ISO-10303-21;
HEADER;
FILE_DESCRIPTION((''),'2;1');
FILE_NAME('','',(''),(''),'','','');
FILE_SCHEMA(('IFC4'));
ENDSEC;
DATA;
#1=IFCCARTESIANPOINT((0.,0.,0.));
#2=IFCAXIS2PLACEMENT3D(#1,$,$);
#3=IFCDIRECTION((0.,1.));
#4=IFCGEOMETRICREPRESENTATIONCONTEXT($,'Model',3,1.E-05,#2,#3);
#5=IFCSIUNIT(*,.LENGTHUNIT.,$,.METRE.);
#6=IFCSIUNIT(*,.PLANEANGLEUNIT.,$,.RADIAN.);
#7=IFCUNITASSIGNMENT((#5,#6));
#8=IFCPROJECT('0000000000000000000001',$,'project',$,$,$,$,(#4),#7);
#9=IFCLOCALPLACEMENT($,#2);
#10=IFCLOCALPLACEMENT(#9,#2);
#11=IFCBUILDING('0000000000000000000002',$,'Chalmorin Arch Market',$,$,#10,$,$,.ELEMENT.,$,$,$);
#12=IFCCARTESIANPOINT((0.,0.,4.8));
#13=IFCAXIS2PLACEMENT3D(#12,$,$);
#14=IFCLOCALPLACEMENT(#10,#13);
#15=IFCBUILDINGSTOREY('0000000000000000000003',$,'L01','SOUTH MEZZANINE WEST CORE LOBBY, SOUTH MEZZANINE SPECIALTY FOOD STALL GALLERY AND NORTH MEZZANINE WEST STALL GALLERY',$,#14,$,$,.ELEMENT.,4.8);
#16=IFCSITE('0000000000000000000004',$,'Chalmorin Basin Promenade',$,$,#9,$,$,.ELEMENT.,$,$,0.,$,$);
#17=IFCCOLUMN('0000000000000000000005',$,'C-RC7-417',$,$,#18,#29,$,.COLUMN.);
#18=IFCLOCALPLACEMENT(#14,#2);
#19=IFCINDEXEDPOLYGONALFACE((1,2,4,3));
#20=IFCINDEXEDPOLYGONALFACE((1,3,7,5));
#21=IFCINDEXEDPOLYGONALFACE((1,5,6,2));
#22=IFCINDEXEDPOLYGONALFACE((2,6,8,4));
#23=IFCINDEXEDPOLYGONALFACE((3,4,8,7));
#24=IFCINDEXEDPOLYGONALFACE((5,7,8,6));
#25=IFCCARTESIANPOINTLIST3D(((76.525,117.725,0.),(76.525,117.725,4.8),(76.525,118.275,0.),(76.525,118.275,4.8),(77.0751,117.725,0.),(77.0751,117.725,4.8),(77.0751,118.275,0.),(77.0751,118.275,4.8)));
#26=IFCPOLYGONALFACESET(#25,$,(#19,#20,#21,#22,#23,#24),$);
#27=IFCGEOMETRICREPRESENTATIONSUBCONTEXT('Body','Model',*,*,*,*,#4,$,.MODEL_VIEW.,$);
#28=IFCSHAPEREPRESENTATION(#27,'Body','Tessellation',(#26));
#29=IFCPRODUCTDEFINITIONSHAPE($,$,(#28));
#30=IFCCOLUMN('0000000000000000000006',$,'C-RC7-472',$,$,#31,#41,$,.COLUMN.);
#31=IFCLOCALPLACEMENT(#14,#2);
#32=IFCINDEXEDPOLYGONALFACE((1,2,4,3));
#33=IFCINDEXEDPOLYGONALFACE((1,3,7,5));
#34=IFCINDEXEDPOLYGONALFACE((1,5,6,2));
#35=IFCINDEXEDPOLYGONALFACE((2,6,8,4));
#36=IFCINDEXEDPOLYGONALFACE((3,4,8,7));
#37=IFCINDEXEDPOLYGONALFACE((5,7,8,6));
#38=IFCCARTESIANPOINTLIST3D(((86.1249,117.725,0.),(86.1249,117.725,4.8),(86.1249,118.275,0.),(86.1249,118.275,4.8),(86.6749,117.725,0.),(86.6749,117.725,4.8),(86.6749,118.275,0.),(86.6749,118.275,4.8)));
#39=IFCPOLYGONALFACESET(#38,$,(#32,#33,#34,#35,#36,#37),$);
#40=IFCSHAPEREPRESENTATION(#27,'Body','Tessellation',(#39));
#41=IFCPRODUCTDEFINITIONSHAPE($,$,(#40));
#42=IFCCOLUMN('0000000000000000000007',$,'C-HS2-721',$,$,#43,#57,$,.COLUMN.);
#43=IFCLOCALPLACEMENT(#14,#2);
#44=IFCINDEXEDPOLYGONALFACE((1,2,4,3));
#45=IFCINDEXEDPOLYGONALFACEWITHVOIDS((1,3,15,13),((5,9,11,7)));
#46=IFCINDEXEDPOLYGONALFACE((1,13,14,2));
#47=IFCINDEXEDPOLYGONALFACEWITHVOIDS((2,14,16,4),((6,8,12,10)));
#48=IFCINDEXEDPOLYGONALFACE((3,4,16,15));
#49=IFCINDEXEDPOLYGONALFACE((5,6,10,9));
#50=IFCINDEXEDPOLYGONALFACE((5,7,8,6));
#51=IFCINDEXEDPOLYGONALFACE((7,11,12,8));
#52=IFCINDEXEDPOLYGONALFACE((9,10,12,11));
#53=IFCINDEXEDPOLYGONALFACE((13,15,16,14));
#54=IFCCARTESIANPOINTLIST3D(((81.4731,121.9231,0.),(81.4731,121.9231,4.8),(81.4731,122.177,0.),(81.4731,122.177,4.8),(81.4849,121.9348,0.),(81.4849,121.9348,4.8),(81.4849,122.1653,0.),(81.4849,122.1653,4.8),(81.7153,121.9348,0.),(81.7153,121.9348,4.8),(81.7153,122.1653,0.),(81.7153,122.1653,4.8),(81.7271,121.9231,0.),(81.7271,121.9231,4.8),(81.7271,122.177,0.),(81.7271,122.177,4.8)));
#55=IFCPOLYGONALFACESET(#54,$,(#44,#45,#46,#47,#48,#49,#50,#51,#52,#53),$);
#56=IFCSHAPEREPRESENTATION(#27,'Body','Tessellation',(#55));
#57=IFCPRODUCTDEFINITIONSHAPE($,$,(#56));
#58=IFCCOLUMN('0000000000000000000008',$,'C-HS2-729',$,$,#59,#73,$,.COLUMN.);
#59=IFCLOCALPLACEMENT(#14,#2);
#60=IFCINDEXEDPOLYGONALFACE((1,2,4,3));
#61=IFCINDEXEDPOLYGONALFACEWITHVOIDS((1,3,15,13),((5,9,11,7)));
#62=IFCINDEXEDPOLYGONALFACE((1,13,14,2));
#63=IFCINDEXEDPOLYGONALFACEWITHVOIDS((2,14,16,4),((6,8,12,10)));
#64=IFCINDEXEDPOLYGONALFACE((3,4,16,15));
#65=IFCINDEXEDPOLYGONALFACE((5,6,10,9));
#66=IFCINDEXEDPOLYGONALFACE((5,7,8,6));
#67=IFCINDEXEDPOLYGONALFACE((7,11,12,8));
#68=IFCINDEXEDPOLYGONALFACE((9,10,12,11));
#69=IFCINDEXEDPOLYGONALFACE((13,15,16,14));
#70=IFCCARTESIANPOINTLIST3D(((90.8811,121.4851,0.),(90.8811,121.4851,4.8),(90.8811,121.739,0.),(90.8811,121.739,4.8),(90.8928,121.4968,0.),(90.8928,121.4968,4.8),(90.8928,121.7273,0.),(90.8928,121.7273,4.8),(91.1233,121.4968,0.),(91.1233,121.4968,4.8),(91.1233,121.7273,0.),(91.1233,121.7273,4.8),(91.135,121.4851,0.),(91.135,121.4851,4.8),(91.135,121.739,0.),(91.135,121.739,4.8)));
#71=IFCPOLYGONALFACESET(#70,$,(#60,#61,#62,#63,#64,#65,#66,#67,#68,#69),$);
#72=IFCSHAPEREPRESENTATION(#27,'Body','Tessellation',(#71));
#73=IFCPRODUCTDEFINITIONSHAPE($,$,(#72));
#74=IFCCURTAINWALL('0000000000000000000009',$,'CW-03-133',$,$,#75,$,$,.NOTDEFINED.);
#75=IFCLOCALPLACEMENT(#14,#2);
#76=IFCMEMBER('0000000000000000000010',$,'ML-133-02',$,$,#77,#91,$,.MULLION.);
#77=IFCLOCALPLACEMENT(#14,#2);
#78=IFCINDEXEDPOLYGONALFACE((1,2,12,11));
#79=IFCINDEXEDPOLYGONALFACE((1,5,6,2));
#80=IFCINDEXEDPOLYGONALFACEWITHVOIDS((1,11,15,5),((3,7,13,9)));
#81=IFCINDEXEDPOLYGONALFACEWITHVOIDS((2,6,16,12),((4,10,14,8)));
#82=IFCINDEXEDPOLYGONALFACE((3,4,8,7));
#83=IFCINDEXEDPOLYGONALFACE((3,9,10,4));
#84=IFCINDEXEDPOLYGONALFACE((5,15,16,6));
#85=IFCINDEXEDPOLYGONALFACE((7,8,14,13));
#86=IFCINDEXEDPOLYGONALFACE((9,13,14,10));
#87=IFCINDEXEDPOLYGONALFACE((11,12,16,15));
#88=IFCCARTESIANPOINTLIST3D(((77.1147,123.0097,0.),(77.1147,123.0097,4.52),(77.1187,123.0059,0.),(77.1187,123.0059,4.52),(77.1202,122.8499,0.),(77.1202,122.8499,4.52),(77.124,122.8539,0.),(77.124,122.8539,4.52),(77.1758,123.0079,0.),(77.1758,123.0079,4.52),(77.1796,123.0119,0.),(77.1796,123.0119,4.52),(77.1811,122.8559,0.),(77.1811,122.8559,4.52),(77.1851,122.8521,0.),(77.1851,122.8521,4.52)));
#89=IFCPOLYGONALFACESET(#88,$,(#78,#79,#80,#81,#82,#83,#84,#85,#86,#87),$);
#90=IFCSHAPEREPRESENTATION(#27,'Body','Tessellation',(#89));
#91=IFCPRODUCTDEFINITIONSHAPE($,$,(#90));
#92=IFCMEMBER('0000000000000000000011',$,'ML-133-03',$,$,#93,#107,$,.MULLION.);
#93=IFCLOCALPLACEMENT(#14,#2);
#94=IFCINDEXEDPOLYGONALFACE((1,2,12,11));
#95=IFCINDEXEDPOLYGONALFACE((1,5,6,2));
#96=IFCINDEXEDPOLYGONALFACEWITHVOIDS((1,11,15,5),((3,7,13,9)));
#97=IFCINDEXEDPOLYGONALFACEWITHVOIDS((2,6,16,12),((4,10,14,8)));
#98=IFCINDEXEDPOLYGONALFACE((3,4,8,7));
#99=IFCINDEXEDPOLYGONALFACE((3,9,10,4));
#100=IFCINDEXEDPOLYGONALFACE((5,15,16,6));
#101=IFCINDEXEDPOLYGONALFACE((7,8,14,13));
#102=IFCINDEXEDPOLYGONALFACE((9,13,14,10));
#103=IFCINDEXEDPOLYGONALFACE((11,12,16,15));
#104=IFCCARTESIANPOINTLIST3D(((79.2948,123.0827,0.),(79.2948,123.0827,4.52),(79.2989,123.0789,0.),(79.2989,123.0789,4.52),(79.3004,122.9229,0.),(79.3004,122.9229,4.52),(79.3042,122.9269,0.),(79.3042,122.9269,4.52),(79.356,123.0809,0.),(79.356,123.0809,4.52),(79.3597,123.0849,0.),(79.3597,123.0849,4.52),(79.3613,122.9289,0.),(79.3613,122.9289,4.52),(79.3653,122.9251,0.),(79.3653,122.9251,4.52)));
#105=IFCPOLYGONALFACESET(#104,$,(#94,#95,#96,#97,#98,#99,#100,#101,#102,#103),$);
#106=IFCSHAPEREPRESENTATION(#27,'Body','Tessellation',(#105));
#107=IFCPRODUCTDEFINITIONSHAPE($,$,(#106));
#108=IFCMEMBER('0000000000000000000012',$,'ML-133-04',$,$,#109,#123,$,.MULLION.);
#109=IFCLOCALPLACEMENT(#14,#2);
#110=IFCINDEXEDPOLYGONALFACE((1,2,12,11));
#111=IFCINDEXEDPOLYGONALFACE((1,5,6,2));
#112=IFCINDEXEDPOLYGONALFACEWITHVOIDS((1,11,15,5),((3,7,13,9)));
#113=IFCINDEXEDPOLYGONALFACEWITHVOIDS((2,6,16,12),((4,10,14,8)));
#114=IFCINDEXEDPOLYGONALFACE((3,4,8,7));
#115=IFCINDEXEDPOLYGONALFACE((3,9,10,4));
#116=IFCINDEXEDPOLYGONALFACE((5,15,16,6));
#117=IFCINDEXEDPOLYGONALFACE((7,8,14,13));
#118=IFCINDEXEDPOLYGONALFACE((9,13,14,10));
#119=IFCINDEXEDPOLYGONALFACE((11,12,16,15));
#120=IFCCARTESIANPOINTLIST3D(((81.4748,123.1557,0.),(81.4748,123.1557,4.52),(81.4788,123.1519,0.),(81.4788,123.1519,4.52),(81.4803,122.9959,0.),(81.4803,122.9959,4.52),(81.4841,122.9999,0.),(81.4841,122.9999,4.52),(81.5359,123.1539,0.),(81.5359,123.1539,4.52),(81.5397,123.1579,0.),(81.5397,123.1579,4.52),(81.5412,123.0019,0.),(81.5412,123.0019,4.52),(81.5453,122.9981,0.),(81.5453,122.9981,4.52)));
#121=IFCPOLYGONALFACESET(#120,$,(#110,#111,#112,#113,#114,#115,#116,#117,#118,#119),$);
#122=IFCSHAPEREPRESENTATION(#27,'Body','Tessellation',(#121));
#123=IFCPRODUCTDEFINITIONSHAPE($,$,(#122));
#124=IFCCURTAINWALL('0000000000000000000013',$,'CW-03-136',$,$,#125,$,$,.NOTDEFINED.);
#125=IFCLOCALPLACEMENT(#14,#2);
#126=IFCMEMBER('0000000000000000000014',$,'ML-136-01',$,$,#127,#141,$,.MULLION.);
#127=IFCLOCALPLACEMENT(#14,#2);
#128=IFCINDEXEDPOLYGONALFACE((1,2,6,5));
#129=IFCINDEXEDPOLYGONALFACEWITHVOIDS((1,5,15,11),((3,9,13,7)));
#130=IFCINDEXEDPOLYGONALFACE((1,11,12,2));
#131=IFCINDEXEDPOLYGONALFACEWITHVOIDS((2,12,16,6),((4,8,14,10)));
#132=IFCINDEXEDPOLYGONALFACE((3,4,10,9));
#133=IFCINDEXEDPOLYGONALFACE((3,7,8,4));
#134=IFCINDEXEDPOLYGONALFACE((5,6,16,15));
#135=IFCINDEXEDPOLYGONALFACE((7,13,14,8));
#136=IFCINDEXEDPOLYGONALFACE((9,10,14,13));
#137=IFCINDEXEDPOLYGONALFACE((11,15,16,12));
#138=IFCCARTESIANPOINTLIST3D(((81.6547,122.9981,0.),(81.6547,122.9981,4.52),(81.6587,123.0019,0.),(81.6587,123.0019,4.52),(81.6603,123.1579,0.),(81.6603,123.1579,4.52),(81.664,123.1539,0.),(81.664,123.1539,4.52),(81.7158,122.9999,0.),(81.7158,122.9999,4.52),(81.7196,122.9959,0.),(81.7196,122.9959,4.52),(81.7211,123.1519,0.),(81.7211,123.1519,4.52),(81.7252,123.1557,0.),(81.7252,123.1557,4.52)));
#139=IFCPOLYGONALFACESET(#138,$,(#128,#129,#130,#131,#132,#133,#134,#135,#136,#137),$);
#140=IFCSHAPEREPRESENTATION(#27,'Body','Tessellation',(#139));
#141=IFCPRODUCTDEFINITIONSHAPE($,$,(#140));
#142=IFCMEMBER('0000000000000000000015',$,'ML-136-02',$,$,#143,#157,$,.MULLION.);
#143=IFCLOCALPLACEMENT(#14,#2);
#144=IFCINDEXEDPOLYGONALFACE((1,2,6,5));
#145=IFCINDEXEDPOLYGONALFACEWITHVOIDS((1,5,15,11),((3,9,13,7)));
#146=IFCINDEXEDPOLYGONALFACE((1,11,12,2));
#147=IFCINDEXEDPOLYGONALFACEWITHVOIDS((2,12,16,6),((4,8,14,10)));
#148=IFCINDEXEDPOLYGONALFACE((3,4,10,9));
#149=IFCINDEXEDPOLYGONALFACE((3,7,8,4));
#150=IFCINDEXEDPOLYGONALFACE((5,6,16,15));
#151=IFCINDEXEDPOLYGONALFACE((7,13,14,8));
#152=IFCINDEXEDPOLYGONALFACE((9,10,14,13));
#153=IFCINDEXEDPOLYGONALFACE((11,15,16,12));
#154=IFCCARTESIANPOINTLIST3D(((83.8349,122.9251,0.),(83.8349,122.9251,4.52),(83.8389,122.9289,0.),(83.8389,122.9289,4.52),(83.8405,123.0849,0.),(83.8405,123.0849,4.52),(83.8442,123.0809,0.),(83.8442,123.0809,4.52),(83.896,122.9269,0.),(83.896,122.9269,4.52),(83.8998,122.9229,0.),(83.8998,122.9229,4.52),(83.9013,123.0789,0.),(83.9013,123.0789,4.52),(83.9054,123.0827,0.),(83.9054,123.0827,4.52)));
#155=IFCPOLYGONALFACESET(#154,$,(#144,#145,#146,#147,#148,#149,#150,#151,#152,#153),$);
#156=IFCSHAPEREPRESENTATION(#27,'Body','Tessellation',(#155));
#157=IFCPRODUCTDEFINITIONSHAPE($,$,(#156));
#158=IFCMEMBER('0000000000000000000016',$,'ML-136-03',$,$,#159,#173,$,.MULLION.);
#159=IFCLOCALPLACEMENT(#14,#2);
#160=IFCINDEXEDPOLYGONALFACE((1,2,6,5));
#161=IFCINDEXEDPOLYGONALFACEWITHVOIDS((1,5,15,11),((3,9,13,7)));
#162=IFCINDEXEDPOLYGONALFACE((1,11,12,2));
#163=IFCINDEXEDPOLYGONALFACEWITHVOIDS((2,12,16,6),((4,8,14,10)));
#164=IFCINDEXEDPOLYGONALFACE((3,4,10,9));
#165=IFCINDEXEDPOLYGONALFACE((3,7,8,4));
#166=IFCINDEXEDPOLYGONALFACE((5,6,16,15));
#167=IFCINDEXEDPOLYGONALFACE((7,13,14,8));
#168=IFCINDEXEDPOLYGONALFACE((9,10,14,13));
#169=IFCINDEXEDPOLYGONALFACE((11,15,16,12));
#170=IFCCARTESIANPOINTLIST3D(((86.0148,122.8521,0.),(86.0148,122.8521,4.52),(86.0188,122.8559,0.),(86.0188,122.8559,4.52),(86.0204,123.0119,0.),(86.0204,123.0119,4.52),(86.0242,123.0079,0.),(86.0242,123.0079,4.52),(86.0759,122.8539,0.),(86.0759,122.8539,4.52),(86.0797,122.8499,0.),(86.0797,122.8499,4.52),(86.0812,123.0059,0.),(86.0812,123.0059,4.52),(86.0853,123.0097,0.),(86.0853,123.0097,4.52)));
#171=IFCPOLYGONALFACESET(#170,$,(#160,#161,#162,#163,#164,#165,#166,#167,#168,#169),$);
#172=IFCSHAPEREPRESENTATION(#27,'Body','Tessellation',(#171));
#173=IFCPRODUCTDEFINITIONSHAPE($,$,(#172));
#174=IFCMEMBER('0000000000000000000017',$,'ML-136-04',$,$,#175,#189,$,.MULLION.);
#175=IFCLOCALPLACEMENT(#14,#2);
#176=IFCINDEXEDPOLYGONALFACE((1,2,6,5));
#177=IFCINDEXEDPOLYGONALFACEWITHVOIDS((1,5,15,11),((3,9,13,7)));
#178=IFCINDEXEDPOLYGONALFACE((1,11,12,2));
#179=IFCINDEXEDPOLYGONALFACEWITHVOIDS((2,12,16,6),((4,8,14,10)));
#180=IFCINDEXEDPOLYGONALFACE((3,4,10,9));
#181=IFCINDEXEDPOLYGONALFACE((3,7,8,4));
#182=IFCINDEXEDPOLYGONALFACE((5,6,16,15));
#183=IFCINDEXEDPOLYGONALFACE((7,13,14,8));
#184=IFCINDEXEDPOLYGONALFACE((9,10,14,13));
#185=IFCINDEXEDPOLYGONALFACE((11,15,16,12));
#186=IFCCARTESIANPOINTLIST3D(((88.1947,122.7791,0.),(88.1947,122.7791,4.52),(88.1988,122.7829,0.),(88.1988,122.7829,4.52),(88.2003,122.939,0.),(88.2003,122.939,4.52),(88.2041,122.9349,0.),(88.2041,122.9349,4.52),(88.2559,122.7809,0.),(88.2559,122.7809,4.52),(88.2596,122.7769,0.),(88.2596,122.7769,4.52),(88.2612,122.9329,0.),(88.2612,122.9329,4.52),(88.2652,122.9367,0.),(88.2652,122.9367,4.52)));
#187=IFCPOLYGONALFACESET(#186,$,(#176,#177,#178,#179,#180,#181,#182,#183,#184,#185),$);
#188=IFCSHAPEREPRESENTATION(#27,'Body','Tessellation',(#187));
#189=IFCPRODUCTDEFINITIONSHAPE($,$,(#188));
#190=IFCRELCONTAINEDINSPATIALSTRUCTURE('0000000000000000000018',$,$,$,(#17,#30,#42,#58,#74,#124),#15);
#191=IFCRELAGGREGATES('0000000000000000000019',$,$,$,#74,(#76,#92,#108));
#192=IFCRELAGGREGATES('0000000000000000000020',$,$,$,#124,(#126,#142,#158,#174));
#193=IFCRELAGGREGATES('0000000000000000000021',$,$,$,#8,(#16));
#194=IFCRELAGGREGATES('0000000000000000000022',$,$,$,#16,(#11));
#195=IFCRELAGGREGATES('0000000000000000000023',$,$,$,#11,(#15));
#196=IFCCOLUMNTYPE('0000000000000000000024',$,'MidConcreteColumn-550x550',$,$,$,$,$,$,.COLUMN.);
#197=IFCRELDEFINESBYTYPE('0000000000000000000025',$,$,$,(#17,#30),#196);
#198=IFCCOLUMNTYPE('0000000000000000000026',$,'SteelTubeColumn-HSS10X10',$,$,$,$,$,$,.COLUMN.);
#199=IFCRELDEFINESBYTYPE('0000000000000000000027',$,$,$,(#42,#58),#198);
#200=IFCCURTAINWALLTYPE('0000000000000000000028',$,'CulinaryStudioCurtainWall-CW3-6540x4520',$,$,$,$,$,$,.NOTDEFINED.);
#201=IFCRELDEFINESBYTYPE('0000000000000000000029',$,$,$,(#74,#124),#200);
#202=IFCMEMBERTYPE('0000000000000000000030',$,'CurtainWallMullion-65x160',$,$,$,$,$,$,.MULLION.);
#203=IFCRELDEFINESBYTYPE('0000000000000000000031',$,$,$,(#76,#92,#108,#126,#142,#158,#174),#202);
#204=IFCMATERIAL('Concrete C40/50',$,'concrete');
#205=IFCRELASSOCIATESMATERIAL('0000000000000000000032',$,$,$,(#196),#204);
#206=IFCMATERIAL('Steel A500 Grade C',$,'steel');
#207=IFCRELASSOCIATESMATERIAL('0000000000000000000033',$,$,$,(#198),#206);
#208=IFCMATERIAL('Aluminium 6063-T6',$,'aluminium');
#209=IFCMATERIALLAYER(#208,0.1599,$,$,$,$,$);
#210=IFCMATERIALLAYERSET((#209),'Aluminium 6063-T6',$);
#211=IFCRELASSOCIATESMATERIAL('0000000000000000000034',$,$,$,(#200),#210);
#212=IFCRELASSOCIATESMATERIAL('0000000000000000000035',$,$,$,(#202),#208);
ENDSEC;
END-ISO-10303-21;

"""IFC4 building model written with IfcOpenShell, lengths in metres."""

from ifc_helpers import new_model, si_unit, direction, frame, origin, origin_2d, place, context, subcontext, project, spatial, rectangle, hollow_rectangle, extrude, material, layer, layer_set, material_profile, profile_set, type_object, element, aggregate, save


model = new_model("IFC4")

# Units and contexts
model_context = context("Model", 3, precision=1e-05, world=origin(), true_north=direction((0.0, 1.0)))
body_context = subcontext(model_context, "Body", "Model", "MODEL_VIEW")
ifc_project = project(units=[si_unit("LENGTHUNIT", "METRE"), si_unit("PLANEANGLEUNIT", "RADIAN")], contexts=[model_context])

# Site, building, storey
site_placement = place(None, origin())
site = spatial("IfcSite", under=ifc_project, at=site_placement, Name="Chalmorin Basin Promenade", CompositionType="ELEMENT", RefElevation=0.0)
building_placement = place(site_placement, origin())
building = spatial("IfcBuilding", under=site, at=building_placement, Name="Chalmorin Arch Market", CompositionType="ELEMENT")
storey_placement = place(building_placement, frame((0.0, 0.0, 4.8)))
storey = spatial("IfcBuildingStorey", under=building, at=storey_placement, Name="L01", Description="SOUTH MEZZANINE WEST CORE LOBBY, SOUTH MEZZANINE SPECIALTY FOOD STALL GALLERY AND NORTH MEZZANINE WEST STALL GALLERY", CompositionType="ELEMENT", Elevation=4.8)

# Columns
ifc_material_1 = material(Name="Concrete C40/50", Category="concrete")
ifc_material_profile_1 = material_profile(ifc_material_1, rectangle(XDim=0.55, YDim=0.55, at=origin_2d()), Name="RC550X550")
ifc_profile_set_1 = profile_set([ifc_material_profile_1], Name="Concrete C40/50")
column_type_1 = type_object("IfcColumnType", Name="MidConcreteColumn-550x550", PredefinedType="COLUMN", material=ifc_profile_set_1)
for number, where, z_axis, x_axis, name in (
    (1, (76.8, 118.0, 0.0), (0.0, 0.0, 1.0), (1.0, 0.0, 0.0), "C-RC7-417"),
    (2, (86.3999, 118.0, 0.0), (0.0, 0.0, 1.0), (1.0, 0.0, 0.0), "C-RC7-472"),
):
    element("IfcColumn", number, at=place(storey_placement, frame(where, z_axis=z_axis, x_axis=x_axis)), inside=storey, type_object=column_type_1, Name=name, PredefinedType="COLUMN", context=body_context, shape_type="SweptSolid", body=[
        extrude(rectangle(XDim=0.55, YDim=0.55, at=origin_2d()), origin(), (0.0, 0.0, 1.0), 4.8),
    ])
ifc_material_2 = material(Name="Steel A500 Grade C", Category="steel")
ifc_material_profile_2 = material_profile(ifc_material_2, hollow_rectangle(XDim=0.2539, YDim=0.2539, WallThickness=0.0117, at=origin_2d()), Name="HSS10X10X1/2")
ifc_profile_set_2 = profile_set([ifc_material_profile_2], Name="Steel A500 Grade C")
column_type_2 = type_object("IfcColumnType", Name="SteelTubeColumn-HSS10X10", PredefinedType="COLUMN", material=ifc_profile_set_2)
for number, where, z_axis, x_axis, name in (
    (3, (81.6001, 122.05, 0.0), (0.0, 0.0, 1.0), (1.0, 0.0, 0.0), "C-HS2-721"),
    (4, (91.0081, 121.6121, 0.0), (0.0, 0.0, 1.0), (1.0, 0.0, 0.0), "C-HS2-729"),
):
    element("IfcColumn", number, at=place(storey_placement, frame(where, z_axis=z_axis, x_axis=x_axis)), inside=storey, type_object=column_type_2, Name=name, PredefinedType="COLUMN", context=body_context, shape_type="SweptSolid", body=[
        extrude(hollow_rectangle(XDim=0.2539, YDim=0.2539, WallThickness=0.0117, at=origin_2d()), origin(), (0.0, 0.0, 1.0), 4.8),
    ])

# Curtain walls, members
ifc_material_3 = material(Name="Aluminium 6063-T6", Category="aluminium")
ifc_layer_1 = layer(ifc_material_3, 0.1599)
ifc_layer_set_1 = layer_set([ifc_layer_1], Name="Aluminium 6063-T6")
curtain_wall_type_1 = type_object("IfcCurtainWallType", Name="CulinaryStudioCurtainWall-CW3-6540x4520", PredefinedType="NOTDEFINED", material=ifc_layer_set_1)
curtain_wall_1_placement = place(storey_placement, origin())
curtain_wall_1 = element("IfcCurtainWall", 5, at=curtain_wall_1_placement, inside=storey, type_object=curtain_wall_type_1, Name="CW-03-133", PredefinedType="NOTDEFINED")
ifc_material_profile_3 = material_profile(ifc_material_3, hollow_rectangle(XDim=0.0649, YDim=0.1599, WallThickness=0.0039, at=origin_2d()), Name="ALU65X160X4")
ifc_profile_set_3 = profile_set([ifc_material_profile_3], Name="Aluminium 6063-T6")
member_type_1 = type_object("IfcMemberType", Name="CurtainWallMullion-65x160", PredefinedType="MULLION", material=ifc_profile_set_3)
member_1_placement = place(storey_placement, frame((77.1499, 122.9309, 0.0), z_axis=(0.0, 0.0, 1.0), x_axis=(0.999391, 0.034899, 0.0)))
member_1 = element("IfcMember", 6, at=member_1_placement, type_object=member_type_1, Name="ML-133-02", PredefinedType="MULLION", context=body_context, shape_type="SweptSolid", body=[
    extrude(hollow_rectangle(XDim=0.0649, YDim=0.1599, WallThickness=0.0039, at=origin_2d()), origin(), (0.0, 0.0, 1.0), 4.52),
])
member_2_placement = place(storey_placement, frame((79.3301, 123.0039, 0.0), z_axis=(0.0, 0.0, 1.0), x_axis=(0.999391, 0.034899, 0.0)))
member_2 = element("IfcMember", 7, at=member_2_placement, type_object=member_type_1, Name="ML-133-03", PredefinedType="MULLION", context=body_context, shape_type="SweptSolid", body=[
    extrude(hollow_rectangle(XDim=0.0649, YDim=0.1599, WallThickness=0.0039, at=origin_2d()), origin(), (0.0, 0.0, 1.0), 4.52),
])
member_3_placement = place(storey_placement, frame((81.51, 123.0769, 0.0), z_axis=(0.0, 0.0, 1.0), x_axis=(0.999391, 0.034899, 0.0)))
member_3 = element("IfcMember", 8, at=member_3_placement, type_object=member_type_1, Name="ML-133-04", PredefinedType="MULLION", context=body_context, shape_type="SweptSolid", body=[
    extrude(hollow_rectangle(XDim=0.0649, YDim=0.1599, WallThickness=0.0039, at=origin_2d()), origin(), (0.0, 0.0, 1.0), 4.52),
])
curtain_wall_2_placement = place(storey_placement, origin())
curtain_wall_2 = element("IfcCurtainWall", 9, at=curtain_wall_2_placement, inside=storey, type_object=curtain_wall_type_1, Name="CW-03-136", PredefinedType="NOTDEFINED")
member_4_placement = place(storey_placement, frame((81.6899, 123.0769, 0.0), z_axis=(0.0, 0.0, 1.0), x_axis=(0.999391, -0.034899, 0.0)))
member_4 = element("IfcMember", 10, at=member_4_placement, type_object=member_type_1, Name="ML-136-01", PredefinedType="MULLION", context=body_context, shape_type="SweptSolid", body=[
    extrude(hollow_rectangle(XDim=0.0649, YDim=0.1599, WallThickness=0.0039, at=origin_2d()), origin(), (0.0, 0.0, 1.0), 4.52),
])
member_5_placement = place(storey_placement, frame((83.8701, 123.0039, 0.0), z_axis=(0.0, 0.0, 1.0), x_axis=(0.999391, -0.034899, 0.0)))
member_5 = element("IfcMember", 11, at=member_5_placement, type_object=member_type_1, Name="ML-136-02", PredefinedType="MULLION", context=body_context, shape_type="SweptSolid", body=[
    extrude(hollow_rectangle(XDim=0.0649, YDim=0.1599, WallThickness=0.0039, at=origin_2d()), origin(), (0.0, 0.0, 1.0), 4.52),
])
member_6_placement = place(storey_placement, frame((86.05, 122.9309, 0.0), z_axis=(0.0, 0.0, 1.0), x_axis=(0.999391, -0.034899, 0.0)))
member_6 = element("IfcMember", 12, at=member_6_placement, type_object=member_type_1, Name="ML-136-03", PredefinedType="MULLION", context=body_context, shape_type="SweptSolid", body=[
    extrude(hollow_rectangle(XDim=0.0649, YDim=0.1599, WallThickness=0.0039, at=origin_2d()), origin(), (0.0, 0.0, 1.0), 4.52),
])
member_7_placement = place(storey_placement, frame((88.23, 122.8579, 0.0), z_axis=(0.0, 0.0, 1.0), x_axis=(0.999391, -0.034899, 0.0)))
member_7 = element("IfcMember", 13, at=member_7_placement, type_object=member_type_1, Name="ML-136-04", PredefinedType="MULLION", context=body_context, shape_type="SweptSolid", body=[
    extrude(hollow_rectangle(XDim=0.0649, YDim=0.1599, WallThickness=0.0039, at=origin_2d()), origin(), (0.0, 0.0, 1.0), 4.52),
])

aggregate(curtain_wall_1, [member_1, member_2, member_3])
aggregate(curtain_wall_2, [member_4, member_5, member_6, member_7])

save(model, "model.ifc")
